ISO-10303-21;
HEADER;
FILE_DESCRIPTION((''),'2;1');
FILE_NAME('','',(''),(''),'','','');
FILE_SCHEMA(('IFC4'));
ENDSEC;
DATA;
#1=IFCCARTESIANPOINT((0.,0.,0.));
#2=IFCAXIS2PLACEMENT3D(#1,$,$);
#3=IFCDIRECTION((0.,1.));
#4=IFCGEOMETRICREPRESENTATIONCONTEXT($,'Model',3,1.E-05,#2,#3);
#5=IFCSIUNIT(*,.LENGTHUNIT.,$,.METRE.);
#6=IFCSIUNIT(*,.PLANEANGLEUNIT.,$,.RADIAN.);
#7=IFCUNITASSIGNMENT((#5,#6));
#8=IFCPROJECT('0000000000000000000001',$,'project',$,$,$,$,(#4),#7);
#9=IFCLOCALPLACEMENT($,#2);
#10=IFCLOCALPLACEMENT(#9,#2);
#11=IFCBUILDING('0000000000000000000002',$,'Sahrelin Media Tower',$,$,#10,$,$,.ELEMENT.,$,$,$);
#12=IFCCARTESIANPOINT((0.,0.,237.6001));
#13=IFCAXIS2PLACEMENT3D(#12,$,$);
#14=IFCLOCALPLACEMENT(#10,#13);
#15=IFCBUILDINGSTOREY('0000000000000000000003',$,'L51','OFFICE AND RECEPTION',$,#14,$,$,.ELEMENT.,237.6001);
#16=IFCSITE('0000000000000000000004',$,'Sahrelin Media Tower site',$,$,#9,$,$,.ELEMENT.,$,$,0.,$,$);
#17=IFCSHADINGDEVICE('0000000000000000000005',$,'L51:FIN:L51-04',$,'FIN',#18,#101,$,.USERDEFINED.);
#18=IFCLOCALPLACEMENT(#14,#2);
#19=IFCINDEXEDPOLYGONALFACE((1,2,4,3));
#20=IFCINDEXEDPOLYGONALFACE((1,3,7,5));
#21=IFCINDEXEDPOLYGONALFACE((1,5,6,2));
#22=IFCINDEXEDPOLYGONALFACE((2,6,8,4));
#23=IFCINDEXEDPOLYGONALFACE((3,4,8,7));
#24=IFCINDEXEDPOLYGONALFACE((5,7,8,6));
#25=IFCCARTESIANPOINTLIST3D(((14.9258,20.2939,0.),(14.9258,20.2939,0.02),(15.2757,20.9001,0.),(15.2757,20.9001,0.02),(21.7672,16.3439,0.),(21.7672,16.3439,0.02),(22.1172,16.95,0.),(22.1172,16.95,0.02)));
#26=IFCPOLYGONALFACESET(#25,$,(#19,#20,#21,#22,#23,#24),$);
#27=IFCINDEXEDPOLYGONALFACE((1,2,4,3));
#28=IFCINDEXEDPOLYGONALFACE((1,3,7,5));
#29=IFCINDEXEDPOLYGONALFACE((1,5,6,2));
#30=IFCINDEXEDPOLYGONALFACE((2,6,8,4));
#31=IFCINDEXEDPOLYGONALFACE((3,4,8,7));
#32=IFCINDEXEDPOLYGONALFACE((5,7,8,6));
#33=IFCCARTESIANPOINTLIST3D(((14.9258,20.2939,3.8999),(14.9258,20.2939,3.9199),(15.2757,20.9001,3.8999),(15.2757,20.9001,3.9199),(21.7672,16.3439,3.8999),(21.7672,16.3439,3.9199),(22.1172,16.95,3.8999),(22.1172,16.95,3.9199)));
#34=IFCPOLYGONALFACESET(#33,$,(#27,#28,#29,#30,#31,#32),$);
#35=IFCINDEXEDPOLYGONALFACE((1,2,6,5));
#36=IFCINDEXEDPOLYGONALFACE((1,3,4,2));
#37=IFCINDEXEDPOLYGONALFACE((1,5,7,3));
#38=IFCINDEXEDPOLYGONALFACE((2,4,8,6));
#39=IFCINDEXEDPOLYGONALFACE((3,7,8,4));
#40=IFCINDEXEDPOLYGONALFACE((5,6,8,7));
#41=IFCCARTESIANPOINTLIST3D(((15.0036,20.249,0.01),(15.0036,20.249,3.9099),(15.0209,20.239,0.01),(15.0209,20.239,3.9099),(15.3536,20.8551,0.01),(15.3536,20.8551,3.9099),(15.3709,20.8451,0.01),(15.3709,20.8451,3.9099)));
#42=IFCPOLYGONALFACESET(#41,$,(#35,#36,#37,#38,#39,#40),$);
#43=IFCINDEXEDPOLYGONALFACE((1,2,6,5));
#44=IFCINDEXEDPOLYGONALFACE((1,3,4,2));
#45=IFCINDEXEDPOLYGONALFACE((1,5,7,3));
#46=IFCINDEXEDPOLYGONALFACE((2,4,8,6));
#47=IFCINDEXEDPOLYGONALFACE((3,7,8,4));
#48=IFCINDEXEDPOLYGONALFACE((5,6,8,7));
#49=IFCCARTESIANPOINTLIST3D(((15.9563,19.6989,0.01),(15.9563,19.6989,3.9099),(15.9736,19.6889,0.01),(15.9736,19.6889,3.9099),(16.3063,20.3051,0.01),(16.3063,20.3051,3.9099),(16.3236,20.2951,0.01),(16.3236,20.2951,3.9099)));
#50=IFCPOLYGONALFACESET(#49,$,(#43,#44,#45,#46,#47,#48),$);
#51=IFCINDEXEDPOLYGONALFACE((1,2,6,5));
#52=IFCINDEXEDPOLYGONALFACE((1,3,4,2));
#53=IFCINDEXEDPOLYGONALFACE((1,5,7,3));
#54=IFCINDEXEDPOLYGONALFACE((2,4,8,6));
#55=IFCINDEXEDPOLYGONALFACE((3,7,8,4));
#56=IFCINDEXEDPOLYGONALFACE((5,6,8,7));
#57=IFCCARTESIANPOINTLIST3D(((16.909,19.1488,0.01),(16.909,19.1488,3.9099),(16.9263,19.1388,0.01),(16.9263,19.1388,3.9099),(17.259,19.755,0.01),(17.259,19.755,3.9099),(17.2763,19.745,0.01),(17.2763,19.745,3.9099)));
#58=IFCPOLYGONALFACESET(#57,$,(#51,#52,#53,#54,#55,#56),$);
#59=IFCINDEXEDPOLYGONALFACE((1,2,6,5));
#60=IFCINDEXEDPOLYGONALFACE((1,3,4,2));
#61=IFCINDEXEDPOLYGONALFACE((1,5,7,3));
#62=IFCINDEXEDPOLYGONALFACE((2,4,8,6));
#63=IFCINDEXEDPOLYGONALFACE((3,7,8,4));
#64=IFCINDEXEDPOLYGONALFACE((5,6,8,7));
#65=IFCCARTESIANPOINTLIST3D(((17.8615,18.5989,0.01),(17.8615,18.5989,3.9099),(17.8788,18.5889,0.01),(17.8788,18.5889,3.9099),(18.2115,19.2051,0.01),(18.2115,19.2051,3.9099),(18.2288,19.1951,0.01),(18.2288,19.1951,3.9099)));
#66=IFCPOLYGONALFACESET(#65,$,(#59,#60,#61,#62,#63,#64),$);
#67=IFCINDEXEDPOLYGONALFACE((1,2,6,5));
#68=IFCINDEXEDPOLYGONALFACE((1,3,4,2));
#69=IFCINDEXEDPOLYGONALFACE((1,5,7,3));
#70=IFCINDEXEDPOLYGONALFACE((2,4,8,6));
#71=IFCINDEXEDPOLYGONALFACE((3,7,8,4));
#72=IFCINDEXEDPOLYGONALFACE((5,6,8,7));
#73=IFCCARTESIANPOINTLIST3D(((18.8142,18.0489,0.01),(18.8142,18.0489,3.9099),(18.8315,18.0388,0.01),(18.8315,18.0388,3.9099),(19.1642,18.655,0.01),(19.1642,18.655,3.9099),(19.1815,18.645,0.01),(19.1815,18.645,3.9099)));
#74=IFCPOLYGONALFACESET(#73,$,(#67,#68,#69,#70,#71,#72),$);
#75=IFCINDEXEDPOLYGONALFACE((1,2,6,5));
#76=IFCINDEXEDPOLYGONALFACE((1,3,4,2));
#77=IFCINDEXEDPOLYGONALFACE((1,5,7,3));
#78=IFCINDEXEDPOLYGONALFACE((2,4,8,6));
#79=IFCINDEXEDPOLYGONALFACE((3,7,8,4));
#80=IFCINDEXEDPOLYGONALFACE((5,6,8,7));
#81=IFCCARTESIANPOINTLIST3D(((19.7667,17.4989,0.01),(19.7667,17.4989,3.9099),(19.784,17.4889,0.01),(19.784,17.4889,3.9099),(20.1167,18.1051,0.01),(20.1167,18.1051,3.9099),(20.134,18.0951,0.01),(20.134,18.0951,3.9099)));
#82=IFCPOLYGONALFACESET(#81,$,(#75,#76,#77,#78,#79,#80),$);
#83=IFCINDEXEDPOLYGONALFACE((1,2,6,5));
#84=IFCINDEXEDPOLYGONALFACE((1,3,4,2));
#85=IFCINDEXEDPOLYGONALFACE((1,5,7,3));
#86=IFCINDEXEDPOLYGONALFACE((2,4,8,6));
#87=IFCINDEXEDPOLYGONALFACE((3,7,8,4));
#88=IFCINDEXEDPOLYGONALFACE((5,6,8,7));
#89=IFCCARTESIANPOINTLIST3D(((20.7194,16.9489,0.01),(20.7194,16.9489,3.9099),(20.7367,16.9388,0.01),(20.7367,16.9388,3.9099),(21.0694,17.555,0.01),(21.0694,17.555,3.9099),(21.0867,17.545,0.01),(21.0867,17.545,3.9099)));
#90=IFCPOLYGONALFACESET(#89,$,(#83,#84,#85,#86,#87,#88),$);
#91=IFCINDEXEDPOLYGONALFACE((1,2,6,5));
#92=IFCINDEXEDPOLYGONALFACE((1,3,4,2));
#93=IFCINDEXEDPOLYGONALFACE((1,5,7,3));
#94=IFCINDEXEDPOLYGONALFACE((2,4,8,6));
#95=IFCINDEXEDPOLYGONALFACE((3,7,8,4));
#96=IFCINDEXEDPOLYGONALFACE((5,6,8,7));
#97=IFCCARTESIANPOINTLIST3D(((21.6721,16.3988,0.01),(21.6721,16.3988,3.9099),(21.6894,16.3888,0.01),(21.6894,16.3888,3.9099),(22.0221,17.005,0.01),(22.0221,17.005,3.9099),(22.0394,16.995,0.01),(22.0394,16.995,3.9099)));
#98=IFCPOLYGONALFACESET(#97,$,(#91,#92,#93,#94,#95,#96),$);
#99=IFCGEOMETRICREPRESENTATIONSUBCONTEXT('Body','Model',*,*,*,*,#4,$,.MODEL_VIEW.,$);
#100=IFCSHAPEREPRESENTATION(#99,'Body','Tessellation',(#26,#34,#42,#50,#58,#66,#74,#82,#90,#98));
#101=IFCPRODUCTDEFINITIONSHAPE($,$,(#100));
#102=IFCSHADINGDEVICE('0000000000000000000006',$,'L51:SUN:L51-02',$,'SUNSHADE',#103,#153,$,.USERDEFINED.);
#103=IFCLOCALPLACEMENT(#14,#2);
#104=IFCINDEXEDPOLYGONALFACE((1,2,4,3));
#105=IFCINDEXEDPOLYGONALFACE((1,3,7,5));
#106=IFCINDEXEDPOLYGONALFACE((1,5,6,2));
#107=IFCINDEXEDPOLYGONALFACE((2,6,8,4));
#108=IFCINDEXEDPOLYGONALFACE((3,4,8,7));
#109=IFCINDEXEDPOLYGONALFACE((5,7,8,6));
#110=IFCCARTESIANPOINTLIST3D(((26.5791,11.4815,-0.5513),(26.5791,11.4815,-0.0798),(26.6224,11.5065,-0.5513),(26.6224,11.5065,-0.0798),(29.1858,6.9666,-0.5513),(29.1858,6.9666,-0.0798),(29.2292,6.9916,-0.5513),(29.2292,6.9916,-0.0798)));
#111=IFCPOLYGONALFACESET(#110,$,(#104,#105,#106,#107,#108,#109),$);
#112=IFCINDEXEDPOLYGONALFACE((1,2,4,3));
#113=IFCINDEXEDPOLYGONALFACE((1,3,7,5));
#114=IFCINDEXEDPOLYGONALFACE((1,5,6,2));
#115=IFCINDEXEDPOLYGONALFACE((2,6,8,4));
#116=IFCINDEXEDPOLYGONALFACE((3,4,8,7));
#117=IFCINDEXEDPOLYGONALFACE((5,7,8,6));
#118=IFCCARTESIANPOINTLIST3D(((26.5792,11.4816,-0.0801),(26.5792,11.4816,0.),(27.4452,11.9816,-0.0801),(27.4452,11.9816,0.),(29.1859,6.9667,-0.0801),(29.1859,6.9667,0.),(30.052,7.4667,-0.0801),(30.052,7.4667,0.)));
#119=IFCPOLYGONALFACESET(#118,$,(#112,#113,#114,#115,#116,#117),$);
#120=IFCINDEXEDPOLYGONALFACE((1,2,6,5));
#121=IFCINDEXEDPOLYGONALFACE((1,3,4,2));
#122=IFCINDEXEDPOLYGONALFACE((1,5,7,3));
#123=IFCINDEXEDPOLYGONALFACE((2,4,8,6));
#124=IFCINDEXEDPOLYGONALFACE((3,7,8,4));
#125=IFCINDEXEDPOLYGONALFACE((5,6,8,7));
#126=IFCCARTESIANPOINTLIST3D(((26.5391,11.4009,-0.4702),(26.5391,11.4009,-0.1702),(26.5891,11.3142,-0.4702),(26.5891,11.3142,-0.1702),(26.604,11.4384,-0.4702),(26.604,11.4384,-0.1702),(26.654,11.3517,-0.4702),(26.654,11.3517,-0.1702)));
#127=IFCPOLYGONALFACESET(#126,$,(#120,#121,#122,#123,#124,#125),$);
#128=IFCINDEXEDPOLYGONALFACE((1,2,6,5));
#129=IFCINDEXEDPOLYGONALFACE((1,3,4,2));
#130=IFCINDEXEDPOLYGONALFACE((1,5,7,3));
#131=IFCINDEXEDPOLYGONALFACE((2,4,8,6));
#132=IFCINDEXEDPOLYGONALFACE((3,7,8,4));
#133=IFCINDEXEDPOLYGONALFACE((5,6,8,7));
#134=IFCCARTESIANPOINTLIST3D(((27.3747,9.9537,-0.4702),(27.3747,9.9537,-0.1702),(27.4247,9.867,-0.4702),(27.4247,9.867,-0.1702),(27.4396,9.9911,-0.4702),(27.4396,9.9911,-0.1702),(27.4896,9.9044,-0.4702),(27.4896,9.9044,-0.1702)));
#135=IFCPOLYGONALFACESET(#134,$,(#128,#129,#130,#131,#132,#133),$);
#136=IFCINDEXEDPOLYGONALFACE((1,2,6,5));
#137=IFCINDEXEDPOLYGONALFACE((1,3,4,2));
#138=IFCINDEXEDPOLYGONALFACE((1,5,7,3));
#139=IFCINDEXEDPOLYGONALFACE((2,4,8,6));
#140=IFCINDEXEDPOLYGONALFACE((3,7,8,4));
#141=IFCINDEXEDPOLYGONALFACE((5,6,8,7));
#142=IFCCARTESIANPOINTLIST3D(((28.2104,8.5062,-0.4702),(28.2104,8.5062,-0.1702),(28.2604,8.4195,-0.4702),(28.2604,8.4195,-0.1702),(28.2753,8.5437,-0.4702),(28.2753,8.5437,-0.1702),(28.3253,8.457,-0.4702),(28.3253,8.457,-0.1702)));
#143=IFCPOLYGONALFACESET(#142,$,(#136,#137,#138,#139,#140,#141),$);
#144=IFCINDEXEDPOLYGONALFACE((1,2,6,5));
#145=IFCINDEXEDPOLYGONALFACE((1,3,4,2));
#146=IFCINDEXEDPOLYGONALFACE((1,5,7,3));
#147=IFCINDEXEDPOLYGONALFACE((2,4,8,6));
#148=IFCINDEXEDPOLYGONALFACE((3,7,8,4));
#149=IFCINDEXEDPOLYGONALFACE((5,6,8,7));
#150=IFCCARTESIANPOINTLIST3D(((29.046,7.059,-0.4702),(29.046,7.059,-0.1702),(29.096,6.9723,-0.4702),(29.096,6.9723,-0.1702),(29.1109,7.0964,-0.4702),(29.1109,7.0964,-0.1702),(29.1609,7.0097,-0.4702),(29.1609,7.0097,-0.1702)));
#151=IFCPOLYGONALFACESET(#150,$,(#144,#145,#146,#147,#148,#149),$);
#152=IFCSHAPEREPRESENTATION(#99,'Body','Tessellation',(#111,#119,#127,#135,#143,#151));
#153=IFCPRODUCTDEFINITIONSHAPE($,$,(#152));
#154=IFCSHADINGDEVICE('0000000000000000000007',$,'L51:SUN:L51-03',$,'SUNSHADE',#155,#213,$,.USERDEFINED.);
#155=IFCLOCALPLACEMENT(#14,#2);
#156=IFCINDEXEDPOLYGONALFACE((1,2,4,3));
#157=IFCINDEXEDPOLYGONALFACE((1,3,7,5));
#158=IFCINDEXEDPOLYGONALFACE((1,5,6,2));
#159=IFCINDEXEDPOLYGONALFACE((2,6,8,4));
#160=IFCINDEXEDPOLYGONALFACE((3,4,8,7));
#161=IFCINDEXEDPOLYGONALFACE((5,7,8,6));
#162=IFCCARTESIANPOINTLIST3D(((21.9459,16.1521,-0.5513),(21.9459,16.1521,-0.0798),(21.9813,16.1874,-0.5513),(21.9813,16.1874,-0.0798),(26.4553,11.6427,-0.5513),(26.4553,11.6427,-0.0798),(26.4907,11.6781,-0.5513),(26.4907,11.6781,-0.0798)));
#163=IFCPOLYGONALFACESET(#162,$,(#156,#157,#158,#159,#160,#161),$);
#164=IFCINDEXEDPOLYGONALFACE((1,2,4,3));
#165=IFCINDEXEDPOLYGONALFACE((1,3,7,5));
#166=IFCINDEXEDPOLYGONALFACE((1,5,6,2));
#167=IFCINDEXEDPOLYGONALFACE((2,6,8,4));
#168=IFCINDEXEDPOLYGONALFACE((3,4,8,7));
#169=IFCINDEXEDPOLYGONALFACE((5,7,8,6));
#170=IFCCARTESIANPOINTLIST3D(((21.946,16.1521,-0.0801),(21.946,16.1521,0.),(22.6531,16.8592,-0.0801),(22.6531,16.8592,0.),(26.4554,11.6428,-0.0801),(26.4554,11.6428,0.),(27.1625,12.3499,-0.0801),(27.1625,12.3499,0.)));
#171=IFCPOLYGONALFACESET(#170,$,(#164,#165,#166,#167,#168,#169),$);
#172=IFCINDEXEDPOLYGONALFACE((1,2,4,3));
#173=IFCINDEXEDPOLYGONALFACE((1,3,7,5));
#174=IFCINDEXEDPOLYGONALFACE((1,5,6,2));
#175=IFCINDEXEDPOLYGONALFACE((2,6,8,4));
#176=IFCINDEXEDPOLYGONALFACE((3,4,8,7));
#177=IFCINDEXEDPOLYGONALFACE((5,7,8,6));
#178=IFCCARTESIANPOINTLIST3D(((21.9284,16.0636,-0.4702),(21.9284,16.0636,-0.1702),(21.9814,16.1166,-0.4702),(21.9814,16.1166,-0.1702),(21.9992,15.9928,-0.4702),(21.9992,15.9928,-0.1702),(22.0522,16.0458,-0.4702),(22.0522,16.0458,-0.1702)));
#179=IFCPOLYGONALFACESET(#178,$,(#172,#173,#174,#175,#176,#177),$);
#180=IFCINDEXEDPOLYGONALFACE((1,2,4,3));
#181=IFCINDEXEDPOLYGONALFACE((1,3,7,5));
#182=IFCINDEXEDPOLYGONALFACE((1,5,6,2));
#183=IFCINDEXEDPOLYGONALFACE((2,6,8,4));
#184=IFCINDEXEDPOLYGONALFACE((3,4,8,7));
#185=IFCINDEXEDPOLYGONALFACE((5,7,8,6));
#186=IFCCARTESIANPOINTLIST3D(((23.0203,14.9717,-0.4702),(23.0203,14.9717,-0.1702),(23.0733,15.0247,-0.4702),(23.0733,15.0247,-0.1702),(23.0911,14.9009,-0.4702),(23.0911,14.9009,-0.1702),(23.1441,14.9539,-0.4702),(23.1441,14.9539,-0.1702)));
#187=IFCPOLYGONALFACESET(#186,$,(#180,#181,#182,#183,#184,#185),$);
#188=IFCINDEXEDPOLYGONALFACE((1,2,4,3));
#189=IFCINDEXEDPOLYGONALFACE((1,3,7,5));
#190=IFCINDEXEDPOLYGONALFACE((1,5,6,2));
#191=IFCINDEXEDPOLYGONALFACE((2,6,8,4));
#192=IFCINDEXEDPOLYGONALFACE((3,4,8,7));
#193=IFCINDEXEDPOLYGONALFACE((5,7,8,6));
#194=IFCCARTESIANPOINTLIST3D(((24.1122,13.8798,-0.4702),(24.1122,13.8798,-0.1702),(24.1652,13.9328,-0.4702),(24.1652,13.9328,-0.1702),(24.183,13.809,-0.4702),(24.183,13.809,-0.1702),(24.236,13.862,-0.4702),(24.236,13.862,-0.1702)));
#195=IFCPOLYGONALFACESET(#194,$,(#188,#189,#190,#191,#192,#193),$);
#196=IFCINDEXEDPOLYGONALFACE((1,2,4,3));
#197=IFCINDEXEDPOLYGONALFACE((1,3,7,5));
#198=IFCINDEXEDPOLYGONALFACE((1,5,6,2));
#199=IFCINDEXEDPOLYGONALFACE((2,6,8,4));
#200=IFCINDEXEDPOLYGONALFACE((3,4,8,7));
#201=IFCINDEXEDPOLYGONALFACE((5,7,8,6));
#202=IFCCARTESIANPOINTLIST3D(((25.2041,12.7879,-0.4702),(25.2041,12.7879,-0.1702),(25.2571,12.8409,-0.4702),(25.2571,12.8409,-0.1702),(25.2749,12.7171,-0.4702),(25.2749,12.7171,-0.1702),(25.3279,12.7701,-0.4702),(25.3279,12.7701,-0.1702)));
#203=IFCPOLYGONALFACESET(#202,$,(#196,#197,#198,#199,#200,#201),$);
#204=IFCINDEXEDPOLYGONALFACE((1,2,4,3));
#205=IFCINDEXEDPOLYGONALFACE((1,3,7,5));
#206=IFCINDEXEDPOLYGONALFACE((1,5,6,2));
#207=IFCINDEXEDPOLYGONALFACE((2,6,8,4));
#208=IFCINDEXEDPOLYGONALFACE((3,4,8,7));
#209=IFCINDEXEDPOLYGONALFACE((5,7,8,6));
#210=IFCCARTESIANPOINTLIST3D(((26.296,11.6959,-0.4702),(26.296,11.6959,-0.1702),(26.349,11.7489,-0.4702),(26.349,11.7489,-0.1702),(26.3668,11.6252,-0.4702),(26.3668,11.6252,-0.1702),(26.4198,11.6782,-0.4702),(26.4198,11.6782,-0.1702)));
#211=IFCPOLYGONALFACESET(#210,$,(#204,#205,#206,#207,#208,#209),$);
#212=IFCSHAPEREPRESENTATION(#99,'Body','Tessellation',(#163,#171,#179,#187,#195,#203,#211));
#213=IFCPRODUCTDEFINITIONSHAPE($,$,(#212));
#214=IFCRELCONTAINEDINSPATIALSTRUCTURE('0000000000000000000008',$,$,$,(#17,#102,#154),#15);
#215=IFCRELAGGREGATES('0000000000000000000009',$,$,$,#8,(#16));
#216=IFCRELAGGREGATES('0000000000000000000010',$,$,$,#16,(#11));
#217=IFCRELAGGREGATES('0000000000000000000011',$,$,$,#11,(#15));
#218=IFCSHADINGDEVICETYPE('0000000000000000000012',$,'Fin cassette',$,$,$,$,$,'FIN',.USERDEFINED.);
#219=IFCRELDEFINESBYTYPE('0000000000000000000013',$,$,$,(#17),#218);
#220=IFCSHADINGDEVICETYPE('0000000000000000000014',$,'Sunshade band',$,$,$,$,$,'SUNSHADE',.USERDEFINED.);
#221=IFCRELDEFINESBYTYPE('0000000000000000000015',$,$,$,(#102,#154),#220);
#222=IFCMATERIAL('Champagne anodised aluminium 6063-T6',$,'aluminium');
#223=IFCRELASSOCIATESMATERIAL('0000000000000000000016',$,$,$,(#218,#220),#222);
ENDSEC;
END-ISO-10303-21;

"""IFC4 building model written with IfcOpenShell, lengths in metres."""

from ifc_helpers import new_model, si_unit, direction, frame, origin, origin_2d, place, context, subcontext, project, spatial, rectangle, extrude, material, type_object, element, save


model = new_model("IFC4")

# Units and contexts
model_context = context("Model", 3, precision=1e-05, world=origin(), true_north=direction((0.0, 1.0)))
body_context = subcontext(model_context, "Body", "Model", "MODEL_VIEW")
ifc_project = project(units=[si_unit("LENGTHUNIT", "METRE"), si_unit("PLANEANGLEUNIT", "RADIAN")], contexts=[model_context])

# Site, building, storey
site_placement = place(None, origin())
site = spatial("IfcSite", under=ifc_project, at=site_placement, Name="Sahrelin Media Tower site", CompositionType="ELEMENT", RefElevation=0.0)
building_placement = place(site_placement, origin())
building = spatial("IfcBuilding", under=site, at=building_placement, Name="Sahrelin Media Tower", CompositionType="ELEMENT")
storey_placement = place(building_placement, frame((0.0, 0.0, 237.6001)))
storey = spatial("IfcBuildingStorey", under=building, at=storey_placement, Name="L51", Description="OFFICE AND RECEPTION", CompositionType="ELEMENT", Elevation=237.6001)

# Shared definitions
ifc_material_1 = material(Name="Champagne anodised aluminium 6063-T6", Category="aluminium")

# Shading devices
shading_device_type_1 = type_object("IfcShadingDeviceType", Name="Fin cassette", ElementType="FIN", PredefinedType="USERDEFINED", material=ifc_material_1)
placement_1 = place(storey_placement, frame((27.8652, 9.2141, 0.0), z_axis=(0.0, 0.0, 1.0), x_axis=(0.500011, -0.866019, 0.0)))
placement_2 = place(storey_placement, frame((24.1865, 13.8833, 0.0), z_axis=(0.0, 0.0, 1.0), x_axis=(0.707107, -0.707107, 0.0)))
placement_3 = place(storey_placement, frame((18.3115, 18.2583, 0.0), z_axis=(0.0, 0.0, 1.0), x_axis=(0.866019, -0.500011, 0.0)))
element("IfcShadingDevice", 1, at=placement_3, inside=storey, type_object=shading_device_type_1, Name="L51:FIN:L51-04", ObjectType="FIN", PredefinedType="USERDEFINED", context=body_context, shape_type="SweptSolid", body=[
    extrude(rectangle(XDim=7.8999, YDim=0.7, at=origin_2d()), frame((0.0, 0.4199, 0.0)), (0.0, 0.0, 1.0), 0.02),
    extrude(rectangle(XDim=7.8999, YDim=0.7, at=origin_2d()), frame((0.0, 0.4199, 3.8999)), (0.0, 0.0, 1.0), 0.02),
    extrude(rectangle(XDim=0.02, YDim=0.7, at=origin_2d()), frame((-3.8501, 0.4199, 0.01), z_axis=(0.0, 0.0, 1.0), x_axis=(1.0, 0.0, 0.0)), (0.0, 0.0, 1.0), 3.8999),
    extrude(rectangle(XDim=0.02, YDim=0.7, at=origin_2d()), frame((-2.75, 0.4199, 0.01), z_axis=(0.0, 0.0, 1.0), x_axis=(1.0, 0.0, 0.0)), (0.0, 0.0, 1.0), 3.8999),
    extrude(rectangle(XDim=0.02, YDim=0.7, at=origin_2d()), frame((-1.6499, 0.4199, 0.01), z_axis=(0.0, 0.0, 1.0), x_axis=(1.0, 0.0, 0.0)), (0.0, 0.0, 1.0), 3.8999),
    extrude(rectangle(XDim=0.02, YDim=0.7, at=origin_2d()), frame((-0.55, 0.4199, 0.01), z_axis=(0.0, 0.0, 1.0), x_axis=(1.0, 0.0, 0.0)), (0.0, 0.0, 1.0), 3.8999),
    extrude(rectangle(XDim=0.02, YDim=0.7, at=origin_2d()), frame((0.55, 0.4199, 0.01), z_axis=(0.0, 0.0, 1.0), x_axis=(1.0, 0.0, 0.0)), (0.0, 0.0, 1.0), 3.8999),
    extrude(rectangle(XDim=0.02, YDim=0.7, at=origin_2d()), frame((1.6499, 0.4199, 0.01), z_axis=(0.0, 0.0, 1.0), x_axis=(1.0, 0.0, 0.0)), (0.0, 0.0, 1.0), 3.8999),
    extrude(rectangle(XDim=0.02, YDim=0.7, at=origin_2d()), frame((2.75, 0.4199, 0.01), z_axis=(0.0, 0.0, 1.0), x_axis=(1.0, 0.0, 0.0)), (0.0, 0.0, 1.0), 3.8999),
    extrude(rectangle(XDim=0.02, YDim=0.7, at=origin_2d()), frame((3.8501, 0.4199, 0.01), z_axis=(0.0, 0.0, 1.0), x_axis=(1.0, 0.0, 0.0)), (0.0, 0.0, 1.0), 3.8999),
])
shading_device_type_2 = type_object("IfcShadingDeviceType", Name="Sunshade band", ElementType="SUNSHADE", PredefinedType="USERDEFINED", material=ifc_material_1)
element("IfcShadingDevice", 2, at=placement_1, inside=storey, type_object=shading_device_type_2, Name="L51:SUN:L51-02", ObjectType="SUNSHADE", PredefinedType="USERDEFINED", context=body_context, shape_type="SweptSolid", body=[
    extrude(rectangle(XDim=5.2134, YDim=0.05, at=origin_2d()), frame((0.0, 0.0449, -0.5513)), (0.0, 0.0, 1.0), 0.4714),
    extrude(rectangle(XDim=5.2134, YDim=1.0, at=origin_2d()), frame((0.0, 0.52, -0.0801)), (0.0, 0.0, 1.0), 0.0801),
    extrude(rectangle(XDim=0.1001, YDim=0.075, at=origin_2d()), frame((-2.5068, -0.0176, -0.4702)), (0.0, 0.0, 1.0), 0.3),
    extrude(rectangle(XDim=0.1001, YDim=0.075, at=origin_2d()), frame((-0.8357, -0.0176, -0.4702)), (0.0, 0.0, 1.0), 0.3),
    extrude(rectangle(XDim=0.1001, YDim=0.075, at=origin_2d()), frame((0.8357, -0.0176, -0.4702)), (0.0, 0.0, 1.0), 0.3),
    extrude(rectangle(XDim=0.1001, YDim=0.075, at=origin_2d()), frame((2.5068, -0.0176, -0.4702)), (0.0, 0.0, 1.0), 0.3),
])
element("IfcShadingDevice", 3, at=placement_2, inside=storey, type_object=shading_device_type_2, Name="L51:SUN:L51-03", ObjectType="SUNSHADE", PredefinedType="USERDEFINED", context=body_context, shape_type="SweptSolid", body=[
    extrude(rectangle(XDim=6.3772, YDim=0.05, at=origin_2d()), frame((0.0, 0.0449, -0.5513)), (0.0, 0.0, 1.0), 0.4714),
    extrude(rectangle(XDim=6.3772, YDim=1.0, at=origin_2d()), frame((0.0, 0.52, -0.0801)), (0.0, 0.0, 1.0), 0.0801),
    extrude(rectangle(XDim=0.1001, YDim=0.075, at=origin_2d()), frame((-3.0884, -0.0176, -0.4702)), (0.0, 0.0, 1.0), 0.3),
    extrude(rectangle(XDim=0.1001, YDim=0.075, at=origin_2d()), frame((-1.5442, -0.0176, -0.4702)), (0.0, 0.0, 1.0), 0.3),
    extrude(rectangle(XDim=0.1001, YDim=0.075, at=origin_2d()), frame((0.0, -0.0176, -0.4702)), (0.0, 0.0, 1.0), 0.3),
    extrude(rectangle(XDim=0.1001, YDim=0.075, at=origin_2d()), frame((1.5442, -0.0176, -0.4702)), (0.0, 0.0, 1.0), 0.3),
    extrude(rectangle(XDim=0.1001, YDim=0.075, at=origin_2d()), frame((3.0884, -0.0176, -0.4702)), (0.0, 0.0, 1.0), 0.3),
])

save(model, "model.ifc")
